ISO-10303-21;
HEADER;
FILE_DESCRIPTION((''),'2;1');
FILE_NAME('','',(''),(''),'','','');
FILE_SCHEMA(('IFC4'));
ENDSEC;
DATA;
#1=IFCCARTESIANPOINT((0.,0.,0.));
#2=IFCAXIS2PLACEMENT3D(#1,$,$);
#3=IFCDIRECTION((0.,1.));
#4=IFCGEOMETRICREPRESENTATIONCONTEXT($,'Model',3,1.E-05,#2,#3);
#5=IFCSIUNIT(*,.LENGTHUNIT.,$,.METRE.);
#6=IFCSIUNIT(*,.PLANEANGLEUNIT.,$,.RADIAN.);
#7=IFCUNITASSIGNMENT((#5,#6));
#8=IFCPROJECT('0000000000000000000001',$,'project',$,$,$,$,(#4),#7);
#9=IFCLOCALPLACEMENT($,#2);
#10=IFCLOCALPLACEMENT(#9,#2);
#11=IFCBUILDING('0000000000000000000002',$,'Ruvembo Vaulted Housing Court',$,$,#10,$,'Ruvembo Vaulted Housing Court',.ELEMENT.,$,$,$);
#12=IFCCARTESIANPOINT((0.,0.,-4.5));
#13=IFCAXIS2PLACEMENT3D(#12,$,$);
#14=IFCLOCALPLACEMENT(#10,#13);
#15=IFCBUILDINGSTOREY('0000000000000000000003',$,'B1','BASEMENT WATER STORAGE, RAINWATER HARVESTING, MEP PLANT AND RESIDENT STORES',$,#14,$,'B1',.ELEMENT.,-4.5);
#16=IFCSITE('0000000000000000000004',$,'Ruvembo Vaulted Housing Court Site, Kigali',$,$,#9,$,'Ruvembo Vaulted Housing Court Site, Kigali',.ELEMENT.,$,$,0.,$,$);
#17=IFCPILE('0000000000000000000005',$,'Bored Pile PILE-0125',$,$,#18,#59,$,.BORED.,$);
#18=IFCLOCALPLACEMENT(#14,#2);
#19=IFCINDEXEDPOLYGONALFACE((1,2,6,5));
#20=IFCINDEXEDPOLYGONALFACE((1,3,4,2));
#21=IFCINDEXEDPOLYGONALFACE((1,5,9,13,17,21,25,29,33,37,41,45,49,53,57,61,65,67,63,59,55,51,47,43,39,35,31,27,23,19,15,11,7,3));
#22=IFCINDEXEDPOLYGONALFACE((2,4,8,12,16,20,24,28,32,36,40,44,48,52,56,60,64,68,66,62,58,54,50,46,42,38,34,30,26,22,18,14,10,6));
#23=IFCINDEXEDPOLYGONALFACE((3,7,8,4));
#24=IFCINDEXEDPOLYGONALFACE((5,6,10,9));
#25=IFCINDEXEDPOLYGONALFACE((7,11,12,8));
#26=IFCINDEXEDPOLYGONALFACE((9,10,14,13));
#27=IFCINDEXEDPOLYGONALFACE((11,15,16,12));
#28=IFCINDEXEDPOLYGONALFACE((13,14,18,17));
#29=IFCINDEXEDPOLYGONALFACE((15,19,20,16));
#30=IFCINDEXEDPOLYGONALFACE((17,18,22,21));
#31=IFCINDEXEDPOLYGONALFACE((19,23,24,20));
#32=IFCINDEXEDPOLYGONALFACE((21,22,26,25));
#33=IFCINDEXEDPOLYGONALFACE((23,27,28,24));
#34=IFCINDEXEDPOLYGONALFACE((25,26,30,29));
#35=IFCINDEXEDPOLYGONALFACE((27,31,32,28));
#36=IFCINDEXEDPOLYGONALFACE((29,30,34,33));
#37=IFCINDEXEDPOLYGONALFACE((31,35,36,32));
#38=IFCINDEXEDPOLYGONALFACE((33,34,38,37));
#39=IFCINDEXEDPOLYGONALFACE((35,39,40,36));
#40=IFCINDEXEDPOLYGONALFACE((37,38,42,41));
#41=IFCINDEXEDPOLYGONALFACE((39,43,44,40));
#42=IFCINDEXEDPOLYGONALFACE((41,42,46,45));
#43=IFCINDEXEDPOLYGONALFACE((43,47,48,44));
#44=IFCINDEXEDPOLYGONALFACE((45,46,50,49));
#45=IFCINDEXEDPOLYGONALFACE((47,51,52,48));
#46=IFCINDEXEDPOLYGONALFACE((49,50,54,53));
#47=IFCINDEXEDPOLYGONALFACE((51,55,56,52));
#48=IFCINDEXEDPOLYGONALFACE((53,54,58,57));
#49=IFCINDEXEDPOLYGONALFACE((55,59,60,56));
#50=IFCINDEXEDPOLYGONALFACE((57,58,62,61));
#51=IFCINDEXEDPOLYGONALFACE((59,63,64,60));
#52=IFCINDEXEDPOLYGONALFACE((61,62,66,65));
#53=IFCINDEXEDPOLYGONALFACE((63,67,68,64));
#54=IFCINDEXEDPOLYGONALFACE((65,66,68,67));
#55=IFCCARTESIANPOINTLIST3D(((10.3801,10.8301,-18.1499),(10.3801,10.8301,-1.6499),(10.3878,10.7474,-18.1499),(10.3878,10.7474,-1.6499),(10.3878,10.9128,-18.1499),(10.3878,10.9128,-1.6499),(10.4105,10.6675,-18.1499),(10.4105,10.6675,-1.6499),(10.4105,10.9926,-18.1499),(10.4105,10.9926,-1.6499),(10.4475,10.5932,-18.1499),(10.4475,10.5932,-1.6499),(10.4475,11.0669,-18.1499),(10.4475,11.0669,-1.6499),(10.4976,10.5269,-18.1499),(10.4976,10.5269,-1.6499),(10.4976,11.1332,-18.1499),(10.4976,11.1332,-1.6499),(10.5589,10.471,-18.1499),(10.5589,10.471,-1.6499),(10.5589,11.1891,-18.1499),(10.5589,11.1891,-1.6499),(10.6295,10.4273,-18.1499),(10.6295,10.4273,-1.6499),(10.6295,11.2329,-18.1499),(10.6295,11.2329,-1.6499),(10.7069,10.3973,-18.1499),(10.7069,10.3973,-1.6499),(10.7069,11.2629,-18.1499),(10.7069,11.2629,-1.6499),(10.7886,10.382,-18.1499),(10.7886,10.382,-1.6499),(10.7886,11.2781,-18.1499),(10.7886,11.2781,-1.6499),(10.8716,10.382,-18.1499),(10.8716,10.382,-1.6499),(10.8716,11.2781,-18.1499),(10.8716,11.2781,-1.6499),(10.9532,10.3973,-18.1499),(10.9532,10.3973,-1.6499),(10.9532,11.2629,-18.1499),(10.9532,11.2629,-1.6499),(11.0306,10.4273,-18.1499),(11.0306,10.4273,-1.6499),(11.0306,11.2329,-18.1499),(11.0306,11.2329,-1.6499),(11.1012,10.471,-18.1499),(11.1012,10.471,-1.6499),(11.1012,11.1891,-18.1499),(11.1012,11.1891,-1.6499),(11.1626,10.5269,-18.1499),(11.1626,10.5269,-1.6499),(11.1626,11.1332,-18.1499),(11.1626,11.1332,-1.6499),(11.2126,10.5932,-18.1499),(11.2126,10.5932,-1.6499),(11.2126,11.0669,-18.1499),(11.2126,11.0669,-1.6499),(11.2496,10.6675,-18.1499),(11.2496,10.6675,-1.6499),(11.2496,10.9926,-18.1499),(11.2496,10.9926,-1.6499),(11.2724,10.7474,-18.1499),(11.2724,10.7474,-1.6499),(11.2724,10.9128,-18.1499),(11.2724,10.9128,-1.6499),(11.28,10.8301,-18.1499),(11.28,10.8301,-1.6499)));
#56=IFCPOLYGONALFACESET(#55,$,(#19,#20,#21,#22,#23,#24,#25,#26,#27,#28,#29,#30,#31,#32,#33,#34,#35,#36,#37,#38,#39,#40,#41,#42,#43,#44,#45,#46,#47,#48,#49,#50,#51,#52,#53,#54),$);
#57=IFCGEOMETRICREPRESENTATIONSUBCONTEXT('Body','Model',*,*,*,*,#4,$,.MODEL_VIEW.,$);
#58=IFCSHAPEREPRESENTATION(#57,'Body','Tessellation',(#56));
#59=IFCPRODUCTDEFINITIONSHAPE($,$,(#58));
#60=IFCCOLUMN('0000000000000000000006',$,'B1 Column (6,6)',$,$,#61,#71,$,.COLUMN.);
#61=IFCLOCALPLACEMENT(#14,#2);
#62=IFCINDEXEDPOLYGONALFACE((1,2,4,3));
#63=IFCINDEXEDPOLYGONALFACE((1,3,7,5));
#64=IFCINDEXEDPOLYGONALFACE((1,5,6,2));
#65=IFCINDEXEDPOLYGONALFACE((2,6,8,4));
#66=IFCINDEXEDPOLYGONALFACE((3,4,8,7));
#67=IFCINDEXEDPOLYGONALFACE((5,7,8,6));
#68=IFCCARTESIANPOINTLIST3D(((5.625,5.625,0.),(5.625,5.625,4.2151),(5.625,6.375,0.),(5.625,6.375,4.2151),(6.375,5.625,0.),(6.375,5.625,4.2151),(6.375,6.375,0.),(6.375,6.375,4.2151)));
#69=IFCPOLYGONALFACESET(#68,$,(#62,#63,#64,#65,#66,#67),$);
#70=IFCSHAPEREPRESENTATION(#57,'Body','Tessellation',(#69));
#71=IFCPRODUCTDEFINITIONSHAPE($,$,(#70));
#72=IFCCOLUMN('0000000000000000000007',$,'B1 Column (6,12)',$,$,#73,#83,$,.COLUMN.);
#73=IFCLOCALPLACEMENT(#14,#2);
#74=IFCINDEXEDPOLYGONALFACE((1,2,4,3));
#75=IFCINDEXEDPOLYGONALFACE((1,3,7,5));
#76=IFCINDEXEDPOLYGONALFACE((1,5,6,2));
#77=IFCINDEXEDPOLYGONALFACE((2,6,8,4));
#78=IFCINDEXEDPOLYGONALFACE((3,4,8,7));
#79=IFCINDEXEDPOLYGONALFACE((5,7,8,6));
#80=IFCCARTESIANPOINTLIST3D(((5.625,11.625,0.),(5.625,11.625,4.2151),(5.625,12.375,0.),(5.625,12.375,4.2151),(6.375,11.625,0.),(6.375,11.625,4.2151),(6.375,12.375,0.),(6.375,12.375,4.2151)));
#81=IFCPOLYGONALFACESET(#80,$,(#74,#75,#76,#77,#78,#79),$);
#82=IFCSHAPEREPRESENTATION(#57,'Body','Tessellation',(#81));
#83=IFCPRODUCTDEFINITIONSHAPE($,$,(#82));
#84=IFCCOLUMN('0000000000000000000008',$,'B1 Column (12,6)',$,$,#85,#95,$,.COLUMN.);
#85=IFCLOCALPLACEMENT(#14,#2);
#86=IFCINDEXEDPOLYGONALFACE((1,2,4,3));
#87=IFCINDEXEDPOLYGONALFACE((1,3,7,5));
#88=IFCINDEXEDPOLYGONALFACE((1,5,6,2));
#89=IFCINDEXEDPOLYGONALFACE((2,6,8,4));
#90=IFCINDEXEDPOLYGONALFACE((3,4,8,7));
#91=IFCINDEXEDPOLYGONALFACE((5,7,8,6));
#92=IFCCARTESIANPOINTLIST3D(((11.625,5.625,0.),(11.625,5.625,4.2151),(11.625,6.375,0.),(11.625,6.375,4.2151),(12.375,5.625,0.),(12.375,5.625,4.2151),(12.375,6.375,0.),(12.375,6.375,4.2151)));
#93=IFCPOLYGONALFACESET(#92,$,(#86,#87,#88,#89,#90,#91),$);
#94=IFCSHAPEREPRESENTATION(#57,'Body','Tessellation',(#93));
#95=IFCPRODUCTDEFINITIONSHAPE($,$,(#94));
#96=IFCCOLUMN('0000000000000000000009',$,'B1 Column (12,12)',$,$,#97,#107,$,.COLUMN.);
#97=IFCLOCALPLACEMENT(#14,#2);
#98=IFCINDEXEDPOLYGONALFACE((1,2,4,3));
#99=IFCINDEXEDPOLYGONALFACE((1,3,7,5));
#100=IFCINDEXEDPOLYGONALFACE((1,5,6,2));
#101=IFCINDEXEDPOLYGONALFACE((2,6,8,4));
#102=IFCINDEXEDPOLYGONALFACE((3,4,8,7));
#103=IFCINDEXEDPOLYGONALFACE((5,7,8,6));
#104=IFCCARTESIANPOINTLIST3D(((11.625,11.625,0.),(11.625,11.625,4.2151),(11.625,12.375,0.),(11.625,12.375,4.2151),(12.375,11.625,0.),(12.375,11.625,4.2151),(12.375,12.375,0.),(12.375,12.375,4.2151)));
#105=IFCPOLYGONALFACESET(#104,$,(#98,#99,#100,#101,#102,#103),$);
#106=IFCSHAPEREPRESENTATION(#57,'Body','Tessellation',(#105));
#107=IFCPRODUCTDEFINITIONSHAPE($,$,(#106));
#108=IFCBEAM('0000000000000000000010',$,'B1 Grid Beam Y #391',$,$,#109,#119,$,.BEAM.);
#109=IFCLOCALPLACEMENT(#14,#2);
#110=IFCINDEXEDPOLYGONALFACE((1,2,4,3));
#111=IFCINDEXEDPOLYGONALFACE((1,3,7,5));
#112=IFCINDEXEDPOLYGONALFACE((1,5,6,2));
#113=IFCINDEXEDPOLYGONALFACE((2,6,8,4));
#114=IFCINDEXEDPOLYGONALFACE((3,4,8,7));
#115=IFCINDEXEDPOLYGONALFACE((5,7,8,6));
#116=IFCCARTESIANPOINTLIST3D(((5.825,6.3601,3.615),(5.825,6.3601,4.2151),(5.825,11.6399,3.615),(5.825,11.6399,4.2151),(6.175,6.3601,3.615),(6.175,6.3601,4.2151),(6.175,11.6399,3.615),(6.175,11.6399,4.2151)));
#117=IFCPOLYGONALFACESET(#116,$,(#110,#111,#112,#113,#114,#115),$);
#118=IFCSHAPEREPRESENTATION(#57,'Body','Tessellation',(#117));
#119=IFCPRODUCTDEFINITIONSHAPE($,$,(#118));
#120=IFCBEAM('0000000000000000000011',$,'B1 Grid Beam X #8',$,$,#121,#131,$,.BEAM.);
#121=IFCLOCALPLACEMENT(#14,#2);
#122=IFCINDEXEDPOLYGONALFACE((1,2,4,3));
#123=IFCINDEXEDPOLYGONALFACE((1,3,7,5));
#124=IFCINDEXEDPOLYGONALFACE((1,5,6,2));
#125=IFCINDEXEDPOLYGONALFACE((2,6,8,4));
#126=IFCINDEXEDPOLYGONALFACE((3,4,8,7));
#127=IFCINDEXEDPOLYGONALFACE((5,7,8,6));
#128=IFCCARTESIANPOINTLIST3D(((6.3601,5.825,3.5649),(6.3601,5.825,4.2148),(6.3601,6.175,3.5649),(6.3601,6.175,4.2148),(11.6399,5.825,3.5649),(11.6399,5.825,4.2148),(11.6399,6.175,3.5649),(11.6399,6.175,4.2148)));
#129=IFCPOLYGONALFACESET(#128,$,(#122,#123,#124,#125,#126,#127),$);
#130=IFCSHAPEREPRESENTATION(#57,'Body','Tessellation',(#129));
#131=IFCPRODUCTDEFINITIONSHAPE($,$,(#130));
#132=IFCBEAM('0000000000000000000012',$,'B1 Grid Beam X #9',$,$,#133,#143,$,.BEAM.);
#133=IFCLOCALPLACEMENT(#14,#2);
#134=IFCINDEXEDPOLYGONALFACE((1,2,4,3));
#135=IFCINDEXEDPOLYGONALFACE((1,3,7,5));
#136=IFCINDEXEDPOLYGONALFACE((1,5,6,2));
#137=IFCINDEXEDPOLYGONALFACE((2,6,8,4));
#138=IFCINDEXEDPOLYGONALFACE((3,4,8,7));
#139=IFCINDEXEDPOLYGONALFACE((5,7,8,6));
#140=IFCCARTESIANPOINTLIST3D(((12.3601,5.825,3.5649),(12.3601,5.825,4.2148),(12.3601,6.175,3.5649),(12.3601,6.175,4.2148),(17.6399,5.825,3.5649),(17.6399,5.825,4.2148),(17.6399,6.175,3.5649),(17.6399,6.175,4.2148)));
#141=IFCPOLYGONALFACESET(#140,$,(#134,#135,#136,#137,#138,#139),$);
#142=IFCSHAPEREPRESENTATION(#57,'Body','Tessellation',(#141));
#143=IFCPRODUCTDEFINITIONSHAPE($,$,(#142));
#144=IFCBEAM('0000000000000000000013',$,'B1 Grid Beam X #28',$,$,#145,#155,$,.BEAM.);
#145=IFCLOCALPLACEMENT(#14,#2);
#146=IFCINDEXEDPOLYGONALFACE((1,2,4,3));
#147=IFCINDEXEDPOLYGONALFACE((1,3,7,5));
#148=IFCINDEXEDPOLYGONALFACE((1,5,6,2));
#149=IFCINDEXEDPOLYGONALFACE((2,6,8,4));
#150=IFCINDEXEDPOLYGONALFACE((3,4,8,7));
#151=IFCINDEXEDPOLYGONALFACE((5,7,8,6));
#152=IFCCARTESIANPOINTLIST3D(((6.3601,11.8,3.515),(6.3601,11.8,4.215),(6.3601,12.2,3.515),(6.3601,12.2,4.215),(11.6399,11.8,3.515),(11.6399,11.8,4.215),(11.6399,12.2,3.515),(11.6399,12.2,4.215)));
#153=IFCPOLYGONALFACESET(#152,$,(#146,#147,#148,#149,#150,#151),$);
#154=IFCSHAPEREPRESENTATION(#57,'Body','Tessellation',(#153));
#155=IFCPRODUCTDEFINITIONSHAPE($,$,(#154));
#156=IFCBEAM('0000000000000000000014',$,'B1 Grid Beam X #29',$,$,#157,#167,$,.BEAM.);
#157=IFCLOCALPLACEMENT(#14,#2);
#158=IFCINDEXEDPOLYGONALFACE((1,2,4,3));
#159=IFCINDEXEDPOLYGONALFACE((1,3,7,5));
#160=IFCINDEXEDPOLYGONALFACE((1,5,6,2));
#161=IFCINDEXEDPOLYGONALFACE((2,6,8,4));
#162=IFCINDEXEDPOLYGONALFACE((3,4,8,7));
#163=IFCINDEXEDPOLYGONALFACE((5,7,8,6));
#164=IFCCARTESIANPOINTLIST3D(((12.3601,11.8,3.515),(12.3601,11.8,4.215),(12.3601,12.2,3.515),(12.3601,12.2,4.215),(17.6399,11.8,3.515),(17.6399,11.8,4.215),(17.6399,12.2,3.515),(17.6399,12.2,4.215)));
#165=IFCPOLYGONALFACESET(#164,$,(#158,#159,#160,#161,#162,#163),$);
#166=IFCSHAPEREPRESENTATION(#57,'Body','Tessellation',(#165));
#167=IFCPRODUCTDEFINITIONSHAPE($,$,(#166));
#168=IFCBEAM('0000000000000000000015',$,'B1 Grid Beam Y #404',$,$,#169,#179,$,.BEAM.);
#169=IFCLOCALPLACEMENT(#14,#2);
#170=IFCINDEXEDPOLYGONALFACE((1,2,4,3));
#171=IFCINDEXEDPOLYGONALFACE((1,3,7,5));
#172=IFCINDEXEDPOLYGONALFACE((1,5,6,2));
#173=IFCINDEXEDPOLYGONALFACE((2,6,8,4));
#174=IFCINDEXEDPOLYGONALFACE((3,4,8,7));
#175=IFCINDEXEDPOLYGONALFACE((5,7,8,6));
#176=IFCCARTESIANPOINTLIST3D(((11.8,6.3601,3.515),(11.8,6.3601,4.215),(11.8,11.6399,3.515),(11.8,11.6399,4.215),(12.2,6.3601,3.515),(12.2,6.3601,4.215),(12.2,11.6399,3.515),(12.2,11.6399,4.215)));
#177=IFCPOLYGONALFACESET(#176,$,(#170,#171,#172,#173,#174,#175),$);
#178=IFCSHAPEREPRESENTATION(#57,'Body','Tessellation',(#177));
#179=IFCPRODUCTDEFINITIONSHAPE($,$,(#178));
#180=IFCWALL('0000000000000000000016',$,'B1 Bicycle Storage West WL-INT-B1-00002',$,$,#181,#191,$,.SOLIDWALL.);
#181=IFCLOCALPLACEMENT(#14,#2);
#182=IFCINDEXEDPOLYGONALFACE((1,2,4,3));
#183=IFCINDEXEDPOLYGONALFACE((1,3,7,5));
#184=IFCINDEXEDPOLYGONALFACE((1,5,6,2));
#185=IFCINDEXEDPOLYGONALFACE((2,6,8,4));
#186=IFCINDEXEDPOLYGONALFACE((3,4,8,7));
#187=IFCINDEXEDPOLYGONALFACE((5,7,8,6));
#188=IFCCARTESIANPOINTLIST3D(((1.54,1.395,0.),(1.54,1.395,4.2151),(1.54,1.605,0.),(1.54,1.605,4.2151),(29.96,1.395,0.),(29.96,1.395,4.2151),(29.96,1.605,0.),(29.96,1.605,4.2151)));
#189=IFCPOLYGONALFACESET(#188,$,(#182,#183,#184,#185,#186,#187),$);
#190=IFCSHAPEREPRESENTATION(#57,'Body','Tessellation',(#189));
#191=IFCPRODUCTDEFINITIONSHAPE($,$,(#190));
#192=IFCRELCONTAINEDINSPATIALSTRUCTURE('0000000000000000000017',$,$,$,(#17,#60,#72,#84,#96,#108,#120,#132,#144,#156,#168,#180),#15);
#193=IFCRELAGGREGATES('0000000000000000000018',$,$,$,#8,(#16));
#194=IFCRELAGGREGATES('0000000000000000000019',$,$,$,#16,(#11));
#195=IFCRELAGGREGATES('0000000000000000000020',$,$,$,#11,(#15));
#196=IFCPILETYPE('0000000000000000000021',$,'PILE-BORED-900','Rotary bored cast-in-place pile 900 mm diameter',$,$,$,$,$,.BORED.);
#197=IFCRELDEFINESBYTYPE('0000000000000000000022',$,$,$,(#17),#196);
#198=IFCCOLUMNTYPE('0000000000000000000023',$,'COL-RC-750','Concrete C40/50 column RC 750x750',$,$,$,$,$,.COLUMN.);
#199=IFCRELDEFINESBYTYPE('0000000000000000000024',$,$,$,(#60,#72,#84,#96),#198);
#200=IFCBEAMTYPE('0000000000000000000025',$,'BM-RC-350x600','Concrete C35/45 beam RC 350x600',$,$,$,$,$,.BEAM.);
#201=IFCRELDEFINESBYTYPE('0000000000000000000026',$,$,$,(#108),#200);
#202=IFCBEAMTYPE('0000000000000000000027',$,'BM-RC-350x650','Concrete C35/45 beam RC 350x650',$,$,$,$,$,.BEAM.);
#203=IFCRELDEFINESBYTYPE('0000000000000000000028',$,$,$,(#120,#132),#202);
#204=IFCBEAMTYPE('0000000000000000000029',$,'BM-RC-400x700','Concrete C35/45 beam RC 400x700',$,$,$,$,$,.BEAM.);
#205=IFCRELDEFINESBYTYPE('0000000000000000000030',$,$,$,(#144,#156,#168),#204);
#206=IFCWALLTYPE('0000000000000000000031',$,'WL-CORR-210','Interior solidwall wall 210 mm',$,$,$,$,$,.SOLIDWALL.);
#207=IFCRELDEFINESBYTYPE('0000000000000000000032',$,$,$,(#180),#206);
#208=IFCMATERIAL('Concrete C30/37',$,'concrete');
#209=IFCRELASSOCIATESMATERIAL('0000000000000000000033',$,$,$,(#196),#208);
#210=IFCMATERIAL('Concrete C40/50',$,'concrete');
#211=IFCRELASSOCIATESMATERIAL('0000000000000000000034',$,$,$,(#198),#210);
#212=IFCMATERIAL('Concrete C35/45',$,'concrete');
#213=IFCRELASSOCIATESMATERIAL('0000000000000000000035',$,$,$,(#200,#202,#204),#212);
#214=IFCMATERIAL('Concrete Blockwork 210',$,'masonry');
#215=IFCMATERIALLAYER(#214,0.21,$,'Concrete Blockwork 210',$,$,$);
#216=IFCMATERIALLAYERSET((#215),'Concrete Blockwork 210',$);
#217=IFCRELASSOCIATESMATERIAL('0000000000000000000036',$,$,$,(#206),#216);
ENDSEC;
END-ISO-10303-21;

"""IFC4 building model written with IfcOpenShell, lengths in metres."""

from ifc_helpers import new_model, si_unit, direction, frame, frame_2d, origin, origin_2d, place, context, subcontext, project, spatial, rectangle, circle, extrude, material, layer, layer_set, material_profile, profile_set, type_object, element, save


model = new_model("IFC4")

# Units and contexts
model_context = context("Model", 3, precision=1e-05, world=origin(), true_north=direction((0.0, 1.0)))
body_context = subcontext(model_context, "Body", "Model", "MODEL_VIEW")
ifc_project = project(units=[si_unit("LENGTHUNIT", "METRE"), si_unit("PLANEANGLEUNIT", "RADIAN")], contexts=[model_context])

# Site, building, storey
site_placement = place(None, origin())
site = spatial("IfcSite", under=ifc_project, at=site_placement, Name="Ruvembo Vaulted Housing Court Site, Kigali", LongName="Ruvembo Vaulted Housing Court Site, Kigali", CompositionType="ELEMENT", RefElevation=0.0)
building_placement = place(site_placement, origin())
building = spatial("IfcBuilding", under=site, at=building_placement, Name="Ruvembo Vaulted Housing Court", LongName="Ruvembo Vaulted Housing Court", CompositionType="ELEMENT")
storey_placement = place(building_placement, frame((0.0, 0.0, -4.5)))
storey = spatial("IfcBuildingStorey", under=building, at=storey_placement, Name="B1", Description="BASEMENT WATER STORAGE, RAINWATER HARVESTING, MEP PLANT AND RESIDENT STORES", LongName="B1", CompositionType="ELEMENT", Elevation=-4.5)

# Shared definitions
ifc_material_1 = material(Name="Concrete C35/45", Category="concrete")

# Pile
ifc_material_2 = material(Name="Concrete C30/37", Category="concrete")
ifc_material_profile_1 = material_profile(ifc_material_2, circle(Radius=0.45, at=origin_2d()), Name="PILE D900")
ifc_profile_set_1 = profile_set([ifc_material_profile_1], Name="Concrete C30/37")
pile_type = type_object("IfcPileType", Name="PILE-BORED-900", Description="Rotary bored cast-in-place pile 900 mm diameter", PredefinedType="BORED", material=ifc_profile_set_1)
for number, where, z_axis, x_axis, name in (
    (1, (10.8301, 10.8301, -1.6499), (0.0, 0.0, -1.0), (1.0, 0.0, 0.0), "Bored Pile PILE-0125"),
):
    element("IfcPile", number, at=place(storey_placement, frame(where, z_axis=z_axis, x_axis=x_axis)), inside=storey, type_object=pile_type, Name=name, PredefinedType="BORED", context=body_context, shape_type="SweptSolid", body=[
        extrude(circle(Radius=0.45, at=origin_2d()), origin(), (0.0, 0.0, 1.0), 16.5),
    ])

# Columns
ifc_material_3 = material(Name="Concrete C40/50", Category="concrete")
ifc_material_profile_2 = material_profile(ifc_material_3, rectangle(XDim=0.75, YDim=0.75, at=origin_2d()), Name="RC 750x750")
ifc_profile_set_2 = profile_set([ifc_material_profile_2], Name="Concrete C40/50")
column_type = type_object("IfcColumnType", Name="COL-RC-750", Description="Concrete C40/50 column RC 750x750", PredefinedType="COLUMN", material=ifc_profile_set_2)
for number, where, z_axis, x_axis, name in (
    (2, (6.0, 6.0, 0.0), (0.0, 0.0, 1.0), (1.0, 0.0, 0.0), "B1 Column (6,6)"),
    (3, (6.0, 12.0, 0.0), (0.0, 0.0, 1.0), (1.0, 0.0, 0.0), "B1 Column (6,12)"),
    (4, (12.0, 6.0, 0.0), (0.0, 0.0, 1.0), (1.0, 0.0, 0.0), "B1 Column (12,6)"),
    (5, (12.0, 12.0, 0.0), (0.0, 0.0, 1.0), (1.0, 0.0, 0.0), "B1 Column (12,12)"),
):
    element("IfcColumn", number, at=place(storey_placement, frame(where, z_axis=z_axis, x_axis=x_axis)), inside=storey, type_object=column_type, Name=name, PredefinedType="COLUMN", context=body_context, shape_type="SweptSolid", body=[
        extrude(rectangle(XDim=0.75, YDim=0.75, at=origin_2d()), origin(), (0.0, 0.0, 1.0), 4.2151),
    ])

# Beams
ifc_material_profile_3 = material_profile(ifc_material_1, rectangle(XDim=0.3501, YDim=0.6001, at=origin_2d()), Name="RC 350x600")
ifc_profile_set_3 = profile_set([ifc_material_profile_3], Name="Concrete C35/45")
beam_type_1 = type_object("IfcBeamType", Name="BM-RC-350x600", Description="Concrete C35/45 beam RC 350x600", PredefinedType="BEAM", material=ifc_profile_set_3)
beam_placement = place(storey_placement, frame((6.0, 6.3601, 3.915), z_axis=(0.0, 1.0, 0.0), x_axis=(-1.0, 0.0, 0.0)))
element("IfcBeam", 6, at=beam_placement, inside=storey, type_object=beam_type_1, Name="B1 Grid Beam Y #391", PredefinedType="BEAM", context=body_context, shape_type="SweptSolid", body=[
    extrude(rectangle(XDim=0.3501, YDim=0.6001, at=origin_2d()), origin(), (0.0, 0.0, 1.0), 5.2798),
])
ifc_material_profile_4 = material_profile(ifc_material_1, rectangle(XDim=0.3501, YDim=0.6499, at=origin_2d()), Name="RC 350x650")
ifc_profile_set_4 = profile_set([ifc_material_profile_4], Name="Concrete C35/45")
beam_type_2 = type_object("IfcBeamType", Name="BM-RC-350x650", Description="Concrete C35/45 beam RC 350x650", PredefinedType="BEAM", material=ifc_profile_set_4)
for number, where, z_axis, x_axis, name in (
    (7, (6.3601, 6.0, 3.8899), (1.0, 0.0, 0.0), (0.0, 1.0, 0.0), "B1 Grid Beam X #8"),
    (8, (12.3601, 6.0, 3.8899), (1.0, 0.0, 0.0), (0.0, 1.0, 0.0), "B1 Grid Beam X #9"),
):
    element("IfcBeam", number, at=place(storey_placement, frame(where, z_axis=z_axis, x_axis=x_axis)), inside=storey, type_object=beam_type_2, Name=name, PredefinedType="BEAM", context=body_context, shape_type="SweptSolid", body=[
        extrude(rectangle(XDim=0.3501, YDim=0.6499, at=origin_2d()), origin(), (0.0, 0.0, 1.0), 5.2798),
    ])
ifc_material_profile_5 = material_profile(ifc_material_1, rectangle(XDim=0.3999, YDim=0.7, at=origin_2d()), Name="RC 400x700")
ifc_profile_set_5 = profile_set([ifc_material_profile_5], Name="Concrete C35/45")
beam_type_3 = type_object("IfcBeamType", Name="BM-RC-400x700", Description="Concrete C35/45 beam RC 400x700", PredefinedType="BEAM", material=ifc_profile_set_5)
for number, where, z_axis, x_axis, name in (
    (9, (6.3601, 12.0, 3.865), (1.0, 0.0, 0.0), (0.0, 1.0, 0.0), "B1 Grid Beam X #28"),
    (10, (12.3601, 12.0, 3.865), (1.0, 0.0, 0.0), (0.0, 1.0, 0.0), "B1 Grid Beam X #29"),
    (11, (12.0, 6.3601, 3.865), (0.0, 1.0, 0.0), (-1.0, 0.0, 0.0), "B1 Grid Beam Y #404"),
):
    element("IfcBeam", number, at=place(storey_placement, frame(where, z_axis=z_axis, x_axis=x_axis)), inside=storey, type_object=beam_type_3, Name=name, PredefinedType="BEAM", context=body_context, shape_type="SweptSolid", body=[
        extrude(rectangle(XDim=0.3999, YDim=0.7, at=origin_2d()), origin(), (0.0, 0.0, 1.0), 5.2798),
    ])

# Wall
ifc_material_4 = material(Name="Concrete Blockwork 210", Category="masonry")
ifc_layer = layer(ifc_material_4, 0.21, Name="Concrete Blockwork 210")
ifc_layer_set = layer_set([ifc_layer], Name="Concrete Blockwork 210")
wall_type = type_object("IfcWallType", Name="WL-CORR-210", Description="Interior solidwall wall 210 mm", PredefinedType="SOLIDWALL", material=ifc_layer_set)
wall_placement = place(storey_placement, frame((1.54, 1.5, 0.0), z_axis=(0.0, 0.0, 1.0), x_axis=(1.0, 0.0, 0.0)))
element("IfcWall", 12, at=wall_placement, inside=storey, type_object=wall_type, Name="B1 Bicycle Storage West WL-INT-B1-00002", PredefinedType="SOLIDWALL", context=body_context, shape_type="SweptSolid", body=[
    extrude(rectangle(XDim=28.4199, YDim=0.21, at=frame_2d((14.21, 0.0))), origin(), (0.0, 0.0, 1.0), 4.2151),
])

save(model, "model.ifc")
